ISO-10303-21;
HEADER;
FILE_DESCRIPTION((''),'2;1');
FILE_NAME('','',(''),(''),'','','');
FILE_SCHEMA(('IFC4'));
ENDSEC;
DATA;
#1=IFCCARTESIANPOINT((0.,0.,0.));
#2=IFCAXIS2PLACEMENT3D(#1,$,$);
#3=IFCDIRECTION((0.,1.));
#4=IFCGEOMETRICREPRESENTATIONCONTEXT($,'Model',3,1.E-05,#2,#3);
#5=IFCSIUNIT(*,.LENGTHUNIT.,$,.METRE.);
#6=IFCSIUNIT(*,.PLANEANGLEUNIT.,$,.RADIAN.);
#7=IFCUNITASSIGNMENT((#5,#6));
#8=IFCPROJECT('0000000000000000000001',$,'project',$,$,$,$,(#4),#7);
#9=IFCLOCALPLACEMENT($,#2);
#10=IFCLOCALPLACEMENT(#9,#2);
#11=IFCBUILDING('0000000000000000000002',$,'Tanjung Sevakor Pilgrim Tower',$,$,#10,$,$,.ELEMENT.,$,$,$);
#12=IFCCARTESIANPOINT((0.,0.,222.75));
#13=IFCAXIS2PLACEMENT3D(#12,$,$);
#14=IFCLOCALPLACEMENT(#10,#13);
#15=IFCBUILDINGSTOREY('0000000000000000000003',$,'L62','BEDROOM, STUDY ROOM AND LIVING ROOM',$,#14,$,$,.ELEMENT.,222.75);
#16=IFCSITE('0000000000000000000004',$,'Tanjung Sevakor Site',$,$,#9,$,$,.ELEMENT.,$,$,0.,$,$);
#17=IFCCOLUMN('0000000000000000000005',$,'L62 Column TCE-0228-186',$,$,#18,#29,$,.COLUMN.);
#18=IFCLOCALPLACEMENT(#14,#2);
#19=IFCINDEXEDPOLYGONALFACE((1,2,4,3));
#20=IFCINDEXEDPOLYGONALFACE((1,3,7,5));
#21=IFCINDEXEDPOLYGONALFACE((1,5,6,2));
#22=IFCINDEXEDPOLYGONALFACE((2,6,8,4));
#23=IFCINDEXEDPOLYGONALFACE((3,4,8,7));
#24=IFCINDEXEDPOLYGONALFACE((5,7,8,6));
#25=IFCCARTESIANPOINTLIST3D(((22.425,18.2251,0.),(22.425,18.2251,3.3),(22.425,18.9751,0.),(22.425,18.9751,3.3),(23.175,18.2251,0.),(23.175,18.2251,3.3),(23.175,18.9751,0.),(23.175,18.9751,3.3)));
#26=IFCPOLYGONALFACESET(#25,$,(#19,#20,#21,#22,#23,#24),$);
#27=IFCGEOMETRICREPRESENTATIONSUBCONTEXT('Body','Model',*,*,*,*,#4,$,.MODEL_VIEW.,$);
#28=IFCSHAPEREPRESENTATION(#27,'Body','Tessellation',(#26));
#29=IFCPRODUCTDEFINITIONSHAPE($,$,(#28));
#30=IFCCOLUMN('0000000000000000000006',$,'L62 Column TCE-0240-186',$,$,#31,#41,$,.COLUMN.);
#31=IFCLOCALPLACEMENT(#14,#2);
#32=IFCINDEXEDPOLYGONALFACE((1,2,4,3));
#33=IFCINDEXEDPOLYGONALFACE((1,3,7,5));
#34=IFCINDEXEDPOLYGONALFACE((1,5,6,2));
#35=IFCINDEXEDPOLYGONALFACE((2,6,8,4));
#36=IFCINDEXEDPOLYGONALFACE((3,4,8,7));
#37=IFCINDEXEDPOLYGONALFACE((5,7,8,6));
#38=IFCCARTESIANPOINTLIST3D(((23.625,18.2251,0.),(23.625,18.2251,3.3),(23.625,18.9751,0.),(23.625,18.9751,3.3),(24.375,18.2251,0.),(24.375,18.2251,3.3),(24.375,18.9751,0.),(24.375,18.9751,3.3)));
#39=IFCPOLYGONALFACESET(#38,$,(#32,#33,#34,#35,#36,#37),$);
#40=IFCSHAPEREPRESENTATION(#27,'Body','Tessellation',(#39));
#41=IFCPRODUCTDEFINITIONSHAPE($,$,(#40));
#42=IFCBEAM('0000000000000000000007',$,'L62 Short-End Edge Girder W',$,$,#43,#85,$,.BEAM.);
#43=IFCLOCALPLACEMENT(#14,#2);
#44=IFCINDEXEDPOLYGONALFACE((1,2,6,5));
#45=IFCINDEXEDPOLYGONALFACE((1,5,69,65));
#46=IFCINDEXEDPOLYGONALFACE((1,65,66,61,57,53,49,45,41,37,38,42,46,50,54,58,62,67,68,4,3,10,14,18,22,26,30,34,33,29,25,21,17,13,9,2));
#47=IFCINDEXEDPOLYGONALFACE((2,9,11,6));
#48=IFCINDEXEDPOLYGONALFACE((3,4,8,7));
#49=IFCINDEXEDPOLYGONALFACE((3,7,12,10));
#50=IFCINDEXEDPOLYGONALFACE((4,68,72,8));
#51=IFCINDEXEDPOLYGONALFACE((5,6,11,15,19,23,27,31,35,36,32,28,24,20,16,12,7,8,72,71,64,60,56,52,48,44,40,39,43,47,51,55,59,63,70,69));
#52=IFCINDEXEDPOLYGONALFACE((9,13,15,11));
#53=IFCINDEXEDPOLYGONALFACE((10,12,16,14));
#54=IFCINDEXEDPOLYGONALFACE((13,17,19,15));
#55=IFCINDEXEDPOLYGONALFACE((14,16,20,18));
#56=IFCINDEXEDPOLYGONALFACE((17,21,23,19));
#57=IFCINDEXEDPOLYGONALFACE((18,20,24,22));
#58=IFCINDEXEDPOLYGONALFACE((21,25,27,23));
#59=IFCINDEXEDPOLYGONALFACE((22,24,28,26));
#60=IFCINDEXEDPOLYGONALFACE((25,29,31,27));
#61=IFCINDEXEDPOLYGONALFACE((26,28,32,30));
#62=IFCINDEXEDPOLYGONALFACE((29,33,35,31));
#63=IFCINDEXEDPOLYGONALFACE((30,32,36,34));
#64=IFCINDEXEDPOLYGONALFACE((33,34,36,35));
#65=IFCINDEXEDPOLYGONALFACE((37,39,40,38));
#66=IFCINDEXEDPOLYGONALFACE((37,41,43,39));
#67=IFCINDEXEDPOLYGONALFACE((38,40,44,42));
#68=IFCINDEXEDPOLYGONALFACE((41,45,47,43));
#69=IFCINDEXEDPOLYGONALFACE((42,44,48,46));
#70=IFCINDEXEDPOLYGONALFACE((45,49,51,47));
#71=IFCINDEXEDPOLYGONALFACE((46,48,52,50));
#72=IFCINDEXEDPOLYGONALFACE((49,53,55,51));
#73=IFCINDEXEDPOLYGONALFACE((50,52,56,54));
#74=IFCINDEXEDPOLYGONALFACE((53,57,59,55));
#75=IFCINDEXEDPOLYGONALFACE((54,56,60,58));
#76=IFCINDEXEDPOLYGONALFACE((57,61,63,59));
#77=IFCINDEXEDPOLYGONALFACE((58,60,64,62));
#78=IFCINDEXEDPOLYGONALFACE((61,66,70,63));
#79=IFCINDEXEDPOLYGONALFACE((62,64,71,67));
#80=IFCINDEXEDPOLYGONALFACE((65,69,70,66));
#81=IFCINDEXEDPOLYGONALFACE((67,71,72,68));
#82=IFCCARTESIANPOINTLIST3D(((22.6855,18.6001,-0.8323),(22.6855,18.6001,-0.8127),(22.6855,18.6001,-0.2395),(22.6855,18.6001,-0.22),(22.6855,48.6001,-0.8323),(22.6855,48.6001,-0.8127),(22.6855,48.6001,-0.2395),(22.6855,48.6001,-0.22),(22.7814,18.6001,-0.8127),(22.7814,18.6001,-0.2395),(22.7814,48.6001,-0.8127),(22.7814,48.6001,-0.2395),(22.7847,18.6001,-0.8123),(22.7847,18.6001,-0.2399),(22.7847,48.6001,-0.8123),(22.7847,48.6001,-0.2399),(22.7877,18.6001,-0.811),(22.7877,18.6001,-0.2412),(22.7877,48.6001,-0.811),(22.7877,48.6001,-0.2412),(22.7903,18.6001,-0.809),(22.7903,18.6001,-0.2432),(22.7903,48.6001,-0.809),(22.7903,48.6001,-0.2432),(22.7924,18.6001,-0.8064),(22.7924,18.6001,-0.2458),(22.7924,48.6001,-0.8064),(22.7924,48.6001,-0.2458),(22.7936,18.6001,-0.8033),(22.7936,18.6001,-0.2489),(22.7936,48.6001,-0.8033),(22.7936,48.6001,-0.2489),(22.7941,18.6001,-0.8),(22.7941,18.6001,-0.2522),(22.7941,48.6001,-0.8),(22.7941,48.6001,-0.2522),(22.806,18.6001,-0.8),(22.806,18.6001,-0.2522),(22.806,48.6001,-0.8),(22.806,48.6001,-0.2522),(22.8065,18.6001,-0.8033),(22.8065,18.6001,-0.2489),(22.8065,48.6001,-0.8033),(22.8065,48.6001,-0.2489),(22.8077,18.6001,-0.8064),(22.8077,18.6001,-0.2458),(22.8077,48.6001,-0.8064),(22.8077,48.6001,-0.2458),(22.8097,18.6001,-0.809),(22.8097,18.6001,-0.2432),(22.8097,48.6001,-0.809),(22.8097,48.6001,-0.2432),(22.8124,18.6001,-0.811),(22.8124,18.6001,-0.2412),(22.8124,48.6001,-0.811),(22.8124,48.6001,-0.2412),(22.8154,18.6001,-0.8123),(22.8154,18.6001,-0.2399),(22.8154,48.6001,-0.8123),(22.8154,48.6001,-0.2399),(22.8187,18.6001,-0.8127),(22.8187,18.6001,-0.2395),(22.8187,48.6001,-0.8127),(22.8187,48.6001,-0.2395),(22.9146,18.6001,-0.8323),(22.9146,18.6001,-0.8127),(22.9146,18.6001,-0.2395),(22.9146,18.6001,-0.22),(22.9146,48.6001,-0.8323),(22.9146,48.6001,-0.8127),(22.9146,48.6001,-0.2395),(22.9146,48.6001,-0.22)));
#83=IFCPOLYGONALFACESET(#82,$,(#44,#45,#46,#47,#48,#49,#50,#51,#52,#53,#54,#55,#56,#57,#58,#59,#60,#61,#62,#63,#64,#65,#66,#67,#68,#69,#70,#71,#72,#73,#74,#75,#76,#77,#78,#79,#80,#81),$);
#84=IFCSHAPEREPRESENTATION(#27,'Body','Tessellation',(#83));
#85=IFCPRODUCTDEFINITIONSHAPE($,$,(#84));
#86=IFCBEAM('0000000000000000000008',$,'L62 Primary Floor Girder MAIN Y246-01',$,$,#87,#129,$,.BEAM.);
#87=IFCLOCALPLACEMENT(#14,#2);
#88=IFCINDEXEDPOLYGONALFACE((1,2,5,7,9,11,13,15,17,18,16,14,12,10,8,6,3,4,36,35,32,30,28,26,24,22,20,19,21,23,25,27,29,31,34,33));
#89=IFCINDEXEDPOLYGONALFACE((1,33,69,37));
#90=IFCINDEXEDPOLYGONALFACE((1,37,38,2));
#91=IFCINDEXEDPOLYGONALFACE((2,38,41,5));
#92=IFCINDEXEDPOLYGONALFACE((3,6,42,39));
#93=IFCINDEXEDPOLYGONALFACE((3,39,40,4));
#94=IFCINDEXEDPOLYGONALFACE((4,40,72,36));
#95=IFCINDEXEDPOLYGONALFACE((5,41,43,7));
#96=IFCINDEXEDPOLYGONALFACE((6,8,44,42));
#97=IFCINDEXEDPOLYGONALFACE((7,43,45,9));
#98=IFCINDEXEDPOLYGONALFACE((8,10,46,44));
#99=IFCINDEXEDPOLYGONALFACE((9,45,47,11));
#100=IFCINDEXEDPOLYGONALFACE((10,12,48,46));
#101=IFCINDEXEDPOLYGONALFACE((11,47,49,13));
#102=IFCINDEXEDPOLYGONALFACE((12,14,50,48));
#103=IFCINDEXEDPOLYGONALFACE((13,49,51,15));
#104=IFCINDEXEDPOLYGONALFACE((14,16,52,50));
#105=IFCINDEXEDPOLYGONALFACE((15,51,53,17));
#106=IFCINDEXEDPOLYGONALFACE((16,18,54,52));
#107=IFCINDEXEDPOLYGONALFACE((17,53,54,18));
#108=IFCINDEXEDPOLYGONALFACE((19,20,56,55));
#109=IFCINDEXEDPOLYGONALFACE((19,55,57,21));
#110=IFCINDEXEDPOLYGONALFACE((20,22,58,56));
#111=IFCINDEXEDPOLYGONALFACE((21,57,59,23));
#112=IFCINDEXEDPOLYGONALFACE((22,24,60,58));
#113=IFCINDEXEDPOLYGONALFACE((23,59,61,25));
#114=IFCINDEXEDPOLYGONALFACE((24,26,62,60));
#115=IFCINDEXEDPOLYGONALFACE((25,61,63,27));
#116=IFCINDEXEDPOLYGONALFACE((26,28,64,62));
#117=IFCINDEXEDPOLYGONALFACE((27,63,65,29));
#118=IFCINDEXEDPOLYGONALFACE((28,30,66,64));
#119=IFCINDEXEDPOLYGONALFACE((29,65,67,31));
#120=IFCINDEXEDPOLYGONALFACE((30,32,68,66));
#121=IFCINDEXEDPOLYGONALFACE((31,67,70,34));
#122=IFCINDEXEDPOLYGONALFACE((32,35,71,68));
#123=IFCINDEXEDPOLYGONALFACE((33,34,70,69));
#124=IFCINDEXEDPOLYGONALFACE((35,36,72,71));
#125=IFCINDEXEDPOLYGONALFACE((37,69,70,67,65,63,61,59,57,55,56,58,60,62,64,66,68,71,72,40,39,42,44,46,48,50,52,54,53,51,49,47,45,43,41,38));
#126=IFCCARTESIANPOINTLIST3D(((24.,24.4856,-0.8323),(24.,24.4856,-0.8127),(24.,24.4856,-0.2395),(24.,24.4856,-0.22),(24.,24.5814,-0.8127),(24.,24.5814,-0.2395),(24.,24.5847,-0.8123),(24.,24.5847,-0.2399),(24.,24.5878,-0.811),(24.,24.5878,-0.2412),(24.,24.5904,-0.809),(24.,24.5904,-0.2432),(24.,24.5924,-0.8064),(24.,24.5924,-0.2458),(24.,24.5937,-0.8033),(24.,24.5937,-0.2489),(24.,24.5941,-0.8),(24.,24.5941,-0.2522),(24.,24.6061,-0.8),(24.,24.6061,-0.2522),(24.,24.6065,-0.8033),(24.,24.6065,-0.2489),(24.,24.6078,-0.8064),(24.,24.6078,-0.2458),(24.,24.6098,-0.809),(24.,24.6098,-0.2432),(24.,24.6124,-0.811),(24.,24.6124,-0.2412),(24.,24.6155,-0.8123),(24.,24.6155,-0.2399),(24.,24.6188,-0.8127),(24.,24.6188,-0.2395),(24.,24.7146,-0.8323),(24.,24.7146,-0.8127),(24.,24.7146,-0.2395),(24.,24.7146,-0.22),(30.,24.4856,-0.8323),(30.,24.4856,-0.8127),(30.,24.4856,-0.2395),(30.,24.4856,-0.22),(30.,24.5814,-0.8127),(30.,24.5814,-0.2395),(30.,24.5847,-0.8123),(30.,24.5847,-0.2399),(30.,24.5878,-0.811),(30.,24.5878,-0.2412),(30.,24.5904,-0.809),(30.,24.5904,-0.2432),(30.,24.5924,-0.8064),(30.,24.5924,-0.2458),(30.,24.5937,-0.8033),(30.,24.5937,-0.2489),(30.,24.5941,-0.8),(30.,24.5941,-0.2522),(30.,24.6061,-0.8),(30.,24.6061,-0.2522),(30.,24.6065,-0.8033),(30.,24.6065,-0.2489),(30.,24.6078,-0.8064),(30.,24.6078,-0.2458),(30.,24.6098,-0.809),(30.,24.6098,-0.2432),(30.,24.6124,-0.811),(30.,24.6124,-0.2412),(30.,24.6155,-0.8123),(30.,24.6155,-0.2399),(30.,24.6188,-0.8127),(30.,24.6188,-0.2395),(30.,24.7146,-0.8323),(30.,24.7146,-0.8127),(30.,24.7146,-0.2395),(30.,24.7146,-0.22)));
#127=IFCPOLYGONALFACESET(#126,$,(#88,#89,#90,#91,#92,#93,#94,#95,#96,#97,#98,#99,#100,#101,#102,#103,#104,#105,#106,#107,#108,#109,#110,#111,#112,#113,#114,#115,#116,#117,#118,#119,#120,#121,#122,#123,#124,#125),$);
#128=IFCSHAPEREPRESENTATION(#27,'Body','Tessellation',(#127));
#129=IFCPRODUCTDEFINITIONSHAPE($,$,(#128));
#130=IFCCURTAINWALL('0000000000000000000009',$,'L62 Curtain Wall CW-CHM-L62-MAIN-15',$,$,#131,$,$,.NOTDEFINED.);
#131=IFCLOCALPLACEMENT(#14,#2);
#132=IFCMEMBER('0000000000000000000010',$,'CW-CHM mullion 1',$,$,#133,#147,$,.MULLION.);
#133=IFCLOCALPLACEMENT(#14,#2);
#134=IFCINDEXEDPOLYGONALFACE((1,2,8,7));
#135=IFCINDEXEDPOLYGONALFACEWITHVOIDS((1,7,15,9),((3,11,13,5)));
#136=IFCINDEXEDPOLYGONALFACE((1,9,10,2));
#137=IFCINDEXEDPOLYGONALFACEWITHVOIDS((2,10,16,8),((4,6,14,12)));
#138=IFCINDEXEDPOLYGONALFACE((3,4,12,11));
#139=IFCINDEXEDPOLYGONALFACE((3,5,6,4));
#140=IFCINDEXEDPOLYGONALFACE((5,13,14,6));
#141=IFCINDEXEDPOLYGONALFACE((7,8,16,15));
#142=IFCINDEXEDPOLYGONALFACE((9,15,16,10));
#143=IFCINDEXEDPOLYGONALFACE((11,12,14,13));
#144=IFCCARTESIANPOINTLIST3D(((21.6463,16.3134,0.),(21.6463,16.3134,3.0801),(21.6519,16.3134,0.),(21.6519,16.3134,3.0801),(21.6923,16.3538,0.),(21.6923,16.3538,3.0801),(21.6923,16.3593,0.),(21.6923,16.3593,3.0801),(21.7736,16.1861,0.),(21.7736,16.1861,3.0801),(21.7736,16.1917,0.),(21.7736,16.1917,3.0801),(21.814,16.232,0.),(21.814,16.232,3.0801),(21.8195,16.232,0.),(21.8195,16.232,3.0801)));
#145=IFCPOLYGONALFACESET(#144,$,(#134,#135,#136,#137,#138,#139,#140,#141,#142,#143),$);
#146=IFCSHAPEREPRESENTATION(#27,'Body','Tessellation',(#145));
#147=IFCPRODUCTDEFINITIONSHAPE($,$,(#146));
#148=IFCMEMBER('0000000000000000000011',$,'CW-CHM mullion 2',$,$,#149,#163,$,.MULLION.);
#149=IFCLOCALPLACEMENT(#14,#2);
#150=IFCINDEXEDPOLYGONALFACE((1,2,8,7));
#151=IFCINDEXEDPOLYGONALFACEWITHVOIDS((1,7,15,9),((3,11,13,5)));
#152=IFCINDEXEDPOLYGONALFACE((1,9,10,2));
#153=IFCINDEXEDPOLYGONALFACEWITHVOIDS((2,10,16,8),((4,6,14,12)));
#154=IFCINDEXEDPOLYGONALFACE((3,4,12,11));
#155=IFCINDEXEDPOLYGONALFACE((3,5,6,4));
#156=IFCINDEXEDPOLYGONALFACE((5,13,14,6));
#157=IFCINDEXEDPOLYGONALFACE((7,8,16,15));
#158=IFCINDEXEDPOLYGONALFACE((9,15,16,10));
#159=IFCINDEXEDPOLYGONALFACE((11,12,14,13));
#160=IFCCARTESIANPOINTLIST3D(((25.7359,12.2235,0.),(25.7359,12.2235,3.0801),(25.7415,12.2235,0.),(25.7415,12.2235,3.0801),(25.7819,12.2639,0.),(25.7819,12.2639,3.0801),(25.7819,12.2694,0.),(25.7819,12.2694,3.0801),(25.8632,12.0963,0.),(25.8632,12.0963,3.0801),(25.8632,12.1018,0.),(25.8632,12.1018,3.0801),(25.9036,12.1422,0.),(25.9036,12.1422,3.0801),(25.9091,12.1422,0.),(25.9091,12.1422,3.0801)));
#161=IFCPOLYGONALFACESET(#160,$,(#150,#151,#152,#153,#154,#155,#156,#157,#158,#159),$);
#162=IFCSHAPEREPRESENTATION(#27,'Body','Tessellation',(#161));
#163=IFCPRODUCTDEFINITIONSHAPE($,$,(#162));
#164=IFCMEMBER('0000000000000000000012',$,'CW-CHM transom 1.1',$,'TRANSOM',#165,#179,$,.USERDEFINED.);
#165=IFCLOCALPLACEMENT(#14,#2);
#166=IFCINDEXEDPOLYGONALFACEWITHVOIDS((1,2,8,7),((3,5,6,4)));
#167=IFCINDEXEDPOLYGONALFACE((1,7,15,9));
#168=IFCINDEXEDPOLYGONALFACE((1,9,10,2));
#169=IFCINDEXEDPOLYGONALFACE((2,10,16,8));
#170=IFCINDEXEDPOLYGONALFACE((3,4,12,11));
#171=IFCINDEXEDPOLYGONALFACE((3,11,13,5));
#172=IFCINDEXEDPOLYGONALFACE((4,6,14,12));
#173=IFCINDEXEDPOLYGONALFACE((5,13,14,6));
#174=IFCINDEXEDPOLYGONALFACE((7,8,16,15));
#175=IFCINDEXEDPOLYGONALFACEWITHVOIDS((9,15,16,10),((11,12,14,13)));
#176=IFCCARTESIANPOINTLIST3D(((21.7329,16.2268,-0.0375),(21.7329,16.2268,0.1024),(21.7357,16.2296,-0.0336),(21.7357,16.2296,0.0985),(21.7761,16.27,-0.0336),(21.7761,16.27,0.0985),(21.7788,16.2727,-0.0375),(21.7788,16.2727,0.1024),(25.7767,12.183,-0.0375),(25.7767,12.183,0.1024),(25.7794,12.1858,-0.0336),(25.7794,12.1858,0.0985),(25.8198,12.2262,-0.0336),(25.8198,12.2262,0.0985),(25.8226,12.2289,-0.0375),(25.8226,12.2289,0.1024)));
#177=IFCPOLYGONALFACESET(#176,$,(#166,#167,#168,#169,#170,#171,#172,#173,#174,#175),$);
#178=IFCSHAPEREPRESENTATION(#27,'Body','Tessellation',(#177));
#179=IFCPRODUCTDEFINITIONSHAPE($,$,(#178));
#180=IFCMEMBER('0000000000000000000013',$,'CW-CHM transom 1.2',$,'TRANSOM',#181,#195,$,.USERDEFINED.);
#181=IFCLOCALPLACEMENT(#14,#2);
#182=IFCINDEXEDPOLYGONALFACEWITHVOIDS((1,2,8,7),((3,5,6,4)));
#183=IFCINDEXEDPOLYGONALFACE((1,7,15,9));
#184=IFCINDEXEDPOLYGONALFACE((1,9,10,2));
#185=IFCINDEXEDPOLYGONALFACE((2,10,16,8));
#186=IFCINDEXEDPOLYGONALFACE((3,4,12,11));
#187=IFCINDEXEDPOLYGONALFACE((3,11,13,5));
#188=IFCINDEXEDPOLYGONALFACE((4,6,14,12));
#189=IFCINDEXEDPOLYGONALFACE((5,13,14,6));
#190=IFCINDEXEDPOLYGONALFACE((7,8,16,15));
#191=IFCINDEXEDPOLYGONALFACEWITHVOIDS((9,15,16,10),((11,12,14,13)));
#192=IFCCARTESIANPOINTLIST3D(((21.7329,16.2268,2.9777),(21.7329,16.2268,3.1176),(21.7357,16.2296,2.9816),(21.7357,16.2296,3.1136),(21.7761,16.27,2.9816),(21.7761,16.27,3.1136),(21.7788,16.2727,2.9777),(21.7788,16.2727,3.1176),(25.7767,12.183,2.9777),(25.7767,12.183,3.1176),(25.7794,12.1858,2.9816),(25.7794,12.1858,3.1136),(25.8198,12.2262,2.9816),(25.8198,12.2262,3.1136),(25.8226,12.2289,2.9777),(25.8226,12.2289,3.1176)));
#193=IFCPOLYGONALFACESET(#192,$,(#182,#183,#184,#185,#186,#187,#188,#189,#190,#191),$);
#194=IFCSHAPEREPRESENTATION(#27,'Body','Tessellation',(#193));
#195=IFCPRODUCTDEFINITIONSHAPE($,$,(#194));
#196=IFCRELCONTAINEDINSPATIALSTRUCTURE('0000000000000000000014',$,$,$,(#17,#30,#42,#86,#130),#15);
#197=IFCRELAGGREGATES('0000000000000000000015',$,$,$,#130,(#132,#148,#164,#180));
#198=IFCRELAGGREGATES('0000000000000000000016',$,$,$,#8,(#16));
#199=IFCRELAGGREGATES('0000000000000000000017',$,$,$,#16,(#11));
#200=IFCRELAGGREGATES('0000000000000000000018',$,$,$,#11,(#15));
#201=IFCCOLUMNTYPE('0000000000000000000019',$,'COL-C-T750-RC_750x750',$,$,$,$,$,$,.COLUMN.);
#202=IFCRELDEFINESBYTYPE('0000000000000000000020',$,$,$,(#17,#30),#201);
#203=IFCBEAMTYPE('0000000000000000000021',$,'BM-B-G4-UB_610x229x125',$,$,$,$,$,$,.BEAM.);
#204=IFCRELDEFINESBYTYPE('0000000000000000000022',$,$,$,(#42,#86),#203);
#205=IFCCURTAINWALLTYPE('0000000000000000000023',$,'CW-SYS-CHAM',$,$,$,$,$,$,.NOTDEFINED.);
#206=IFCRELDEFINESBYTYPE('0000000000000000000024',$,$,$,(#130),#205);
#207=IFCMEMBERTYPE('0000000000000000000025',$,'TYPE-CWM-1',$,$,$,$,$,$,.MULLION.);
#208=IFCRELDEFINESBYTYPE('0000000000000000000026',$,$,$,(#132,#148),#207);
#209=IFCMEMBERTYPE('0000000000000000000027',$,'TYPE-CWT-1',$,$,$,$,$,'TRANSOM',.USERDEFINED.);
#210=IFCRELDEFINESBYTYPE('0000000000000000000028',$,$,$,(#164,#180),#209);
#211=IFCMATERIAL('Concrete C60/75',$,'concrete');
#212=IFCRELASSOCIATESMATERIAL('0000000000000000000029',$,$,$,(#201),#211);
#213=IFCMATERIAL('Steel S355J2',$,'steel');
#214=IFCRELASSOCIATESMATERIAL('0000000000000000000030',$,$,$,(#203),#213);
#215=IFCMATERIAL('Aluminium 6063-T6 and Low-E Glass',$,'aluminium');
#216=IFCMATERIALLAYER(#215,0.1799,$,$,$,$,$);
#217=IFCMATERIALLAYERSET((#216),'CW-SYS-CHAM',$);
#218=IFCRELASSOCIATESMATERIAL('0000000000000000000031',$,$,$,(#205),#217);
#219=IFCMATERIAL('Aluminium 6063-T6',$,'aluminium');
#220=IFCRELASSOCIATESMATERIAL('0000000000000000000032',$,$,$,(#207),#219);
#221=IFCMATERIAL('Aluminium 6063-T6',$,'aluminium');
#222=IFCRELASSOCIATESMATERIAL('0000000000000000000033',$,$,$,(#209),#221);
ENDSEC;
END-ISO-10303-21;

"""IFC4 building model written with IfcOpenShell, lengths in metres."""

from ifc_helpers import new_model, si_unit, direction, frame, origin, origin_2d, place, context, subcontext, project, spatial, rectangle, hollow_rectangle, i_section, extrude, material, layer, layer_set, material_profile, profile_set, type_object, element, aggregate, save


model = new_model("IFC4")

# Units and contexts
model_context = context("Model", 3, precision=1e-05, world=origin(), true_north=direction((0.0, 1.0)))
body_context = subcontext(model_context, "Body", "Model", "MODEL_VIEW")
ifc_project = project(units=[si_unit("LENGTHUNIT", "METRE"), si_unit("PLANEANGLEUNIT", "RADIAN")], contexts=[model_context])

# Site, building, storey
site_placement = place(None, origin())
site = spatial("IfcSite", under=ifc_project, at=site_placement, Name="Tanjung Sevakor Site", CompositionType="ELEMENT", RefElevation=0.0)
building_placement = place(site_placement, origin())
building = spatial("IfcBuilding", under=site, at=building_placement, Name="Tanjung Sevakor Pilgrim Tower", CompositionType="ELEMENT")
storey_placement = place(building_placement, frame((0.0, 0.0, 222.75)))
storey = spatial("IfcBuildingStorey", under=building, at=storey_placement, Name="L62", Description="BEDROOM, STUDY ROOM AND LIVING ROOM", CompositionType="ELEMENT", Elevation=222.75)

# Columns
ifc_material_1 = material(Name="Concrete C60/75", Category="concrete")
ifc_material_profile_1 = material_profile(ifc_material_1, rectangle(XDim=0.75, YDim=0.75, at=origin_2d()))
ifc_profile_set_1 = profile_set([ifc_material_profile_1], Name="Concrete C60/75")
column_type = type_object("IfcColumnType", Name="COL-C-T750-RC_750x750", PredefinedType="COLUMN", material=ifc_profile_set_1)
for number, where, z_axis, x_axis, name in (
    (1, (22.8, 18.6001, 0.0), (0.0, 0.0, 1.0), (1.0, 0.0, 0.0), "L62 Column TCE-0228-186"),
    (2, (24.0, 18.6001, 0.0), (0.0, 0.0, 1.0), (1.0, 0.0, 0.0), "L62 Column TCE-0240-186"),
):
    element("IfcColumn", number, at=place(storey_placement, frame(where, z_axis=z_axis, x_axis=x_axis)), inside=storey, type_object=column_type, Name=name, PredefinedType="COLUMN", context=body_context, shape_type="SweptSolid", body=[
        extrude(rectangle(XDim=0.75, YDim=0.75, at=origin_2d()), origin(), (0.0, 0.0, 1.0), 3.3),
    ])

# Beams
ifc_material_2 = material(Name="Steel S355J2", Category="steel")
ifc_material_profile_2 = material_profile(ifc_material_2, i_section(OverallWidth=0.229, OverallDepth=0.6123, WebThickness=0.012, FlangeThickness=0.0195, FilletRadius=0.0127, at=origin_2d()))
ifc_profile_set_2 = profile_set([ifc_material_profile_2], Name="Steel S355J2")
beam_type = type_object("IfcBeamType", Name="BM-B-G4-UB_610x229x125", PredefinedType="BEAM", material=ifc_profile_set_2)
beam_1_placement = place(storey_placement, frame((22.8, 18.6001, -0.5261), z_axis=(0.0, 1.0, 0.0), x_axis=(-1.0, 0.0, 0.0)))
element("IfcBeam", 3, at=beam_1_placement, inside=storey, type_object=beam_type, Name="L62 Short-End Edge Girder W", PredefinedType="BEAM", context=body_context, shape_type="SweptSolid", body=[
    extrude(i_section(OverallWidth=0.229, OverallDepth=0.6123, WebThickness=0.012, FlangeThickness=0.0195, FilletRadius=0.0127, at=origin_2d()), origin(), (0.0, 0.0, 1.0), 30.0),
])
beam_2_placement = place(storey_placement, frame((24.0, 24.6001, -0.5261), z_axis=(1.0, 0.0, 0.0), x_axis=(0.0, 1.0, 0.0)))
element("IfcBeam", 4, at=beam_2_placement, inside=storey, type_object=beam_type, Name="L62 Primary Floor Girder MAIN Y246-01", PredefinedType="BEAM", context=body_context, shape_type="SweptSolid", body=[
    extrude(i_section(OverallWidth=0.229, OverallDepth=0.6123, WebThickness=0.012, FlangeThickness=0.0195, FilletRadius=0.0127, at=origin_2d()), origin(), (0.0, 0.0, 1.0), 6.0),
])

# Curtain wall, members
ifc_material_3 = material(Name="Aluminium 6063-T6 and Low-E Glass", Category="aluminium")
ifc_layer_1 = layer(ifc_material_3, 0.1799)
ifc_layer_set_1 = layer_set([ifc_layer_1], Name="CW-SYS-CHAM")
curtain_wall_type = type_object("IfcCurtainWallType", Name="CW-SYS-CHAM", PredefinedType="NOTDEFINED", material=ifc_layer_set_1)
curtain_wall_placement = place(storey_placement, origin())
curtain_wall = element("IfcCurtainWall", 5, at=curtain_wall_placement, inside=storey, type_object=curtain_wall_type, Name="L62 Curtain Wall CW-CHM-L62-MAIN-15", PredefinedType="NOTDEFINED")
ifc_material_4 = material(Name="Aluminium 6063-T6", Category="aluminium")
ifc_material_profile_3 = material_profile(ifc_material_4, hollow_rectangle(XDim=0.0649, YDim=0.1799, WallThickness=0.0039, at=origin_2d()))
ifc_profile_set_3 = profile_set([ifc_material_profile_3], Name="Aluminium 6063-T6")
member_type_1 = type_object("IfcMemberType", Name="TYPE-CWM-1", PredefinedType="MULLION", material=ifc_profile_set_3)
member_1_placement = place(storey_placement, frame((21.7329, 16.2727, 0.0), z_axis=(0.0, 0.0, 1.0), x_axis=(0.707107, 0.707107, 0.0)))
member_1 = element("IfcMember", 6, at=member_1_placement, type_object=member_type_1, Name="CW-CHM mullion 1", PredefinedType="MULLION", context=body_context, shape_type="SweptSolid", body=[
    extrude(hollow_rectangle(XDim=0.0649, YDim=0.1799, WallThickness=0.0039, at=origin_2d()), origin(), (0.0, 0.0, 1.0), 3.0801),
])
member_2_placement = place(storey_placement, frame((25.8225, 12.1829, 0.0), z_axis=(0.0, 0.0, 1.0), x_axis=(0.707107, 0.707107, 0.0)))
member_2 = element("IfcMember", 7, at=member_2_placement, type_object=member_type_1, Name="CW-CHM mullion 2", PredefinedType="MULLION", context=body_context, shape_type="SweptSolid", body=[
    extrude(hollow_rectangle(XDim=0.0649, YDim=0.1799, WallThickness=0.0039, at=origin_2d()), origin(), (0.0, 0.0, 1.0), 3.0801),
])
ifc_material_5 = material(Name="Aluminium 6063-T6", Category="aluminium")
ifc_material_profile_4 = material_profile(ifc_material_5, hollow_rectangle(XDim=0.0649, YDim=0.1399, WallThickness=0.0039, at=origin_2d()))
ifc_profile_set_4 = profile_set([ifc_material_profile_4], Name="Aluminium 6063-T6")
member_type_2 = type_object("IfcMemberType", Name="TYPE-CWT-1", ElementType="TRANSOM", PredefinedType="USERDEFINED", material=ifc_profile_set_4)
member_3_placement = place(storey_placement, frame((21.7559, 16.2498, 0.0325), z_axis=(0.707107, -0.707107, 0.0), x_axis=(0.707107, 0.707107, 0.0)))
member_3 = element("IfcMember", 8, at=member_3_placement, type_object=member_type_2, Name="CW-CHM transom 1.1", ObjectType="TRANSOM", PredefinedType="USERDEFINED", context=body_context, shape_type="SweptSolid", body=[
    extrude(hollow_rectangle(XDim=0.0649, YDim=0.1399, WallThickness=0.0039, at=origin_2d()), origin(), (0.0, 0.0, 1.0), 5.7188),
])
member_4_placement = place(storey_placement, frame((21.7559, 16.2498, 3.0476), z_axis=(0.707107, -0.707107, 0.0), x_axis=(0.707107, 0.707107, 0.0)))
member_4 = element("IfcMember", 9, at=member_4_placement, type_object=member_type_2, Name="CW-CHM transom 1.2", ObjectType="TRANSOM", PredefinedType="USERDEFINED", context=body_context, shape_type="SweptSolid", body=[
    extrude(hollow_rectangle(XDim=0.0649, YDim=0.1399, WallThickness=0.0039, at=origin_2d()), origin(), (0.0, 0.0, 1.0), 5.7188),
])
aggregate(curtain_wall, [member_1, member_2, member_3, member_4])

save(model, "model.ifc")
